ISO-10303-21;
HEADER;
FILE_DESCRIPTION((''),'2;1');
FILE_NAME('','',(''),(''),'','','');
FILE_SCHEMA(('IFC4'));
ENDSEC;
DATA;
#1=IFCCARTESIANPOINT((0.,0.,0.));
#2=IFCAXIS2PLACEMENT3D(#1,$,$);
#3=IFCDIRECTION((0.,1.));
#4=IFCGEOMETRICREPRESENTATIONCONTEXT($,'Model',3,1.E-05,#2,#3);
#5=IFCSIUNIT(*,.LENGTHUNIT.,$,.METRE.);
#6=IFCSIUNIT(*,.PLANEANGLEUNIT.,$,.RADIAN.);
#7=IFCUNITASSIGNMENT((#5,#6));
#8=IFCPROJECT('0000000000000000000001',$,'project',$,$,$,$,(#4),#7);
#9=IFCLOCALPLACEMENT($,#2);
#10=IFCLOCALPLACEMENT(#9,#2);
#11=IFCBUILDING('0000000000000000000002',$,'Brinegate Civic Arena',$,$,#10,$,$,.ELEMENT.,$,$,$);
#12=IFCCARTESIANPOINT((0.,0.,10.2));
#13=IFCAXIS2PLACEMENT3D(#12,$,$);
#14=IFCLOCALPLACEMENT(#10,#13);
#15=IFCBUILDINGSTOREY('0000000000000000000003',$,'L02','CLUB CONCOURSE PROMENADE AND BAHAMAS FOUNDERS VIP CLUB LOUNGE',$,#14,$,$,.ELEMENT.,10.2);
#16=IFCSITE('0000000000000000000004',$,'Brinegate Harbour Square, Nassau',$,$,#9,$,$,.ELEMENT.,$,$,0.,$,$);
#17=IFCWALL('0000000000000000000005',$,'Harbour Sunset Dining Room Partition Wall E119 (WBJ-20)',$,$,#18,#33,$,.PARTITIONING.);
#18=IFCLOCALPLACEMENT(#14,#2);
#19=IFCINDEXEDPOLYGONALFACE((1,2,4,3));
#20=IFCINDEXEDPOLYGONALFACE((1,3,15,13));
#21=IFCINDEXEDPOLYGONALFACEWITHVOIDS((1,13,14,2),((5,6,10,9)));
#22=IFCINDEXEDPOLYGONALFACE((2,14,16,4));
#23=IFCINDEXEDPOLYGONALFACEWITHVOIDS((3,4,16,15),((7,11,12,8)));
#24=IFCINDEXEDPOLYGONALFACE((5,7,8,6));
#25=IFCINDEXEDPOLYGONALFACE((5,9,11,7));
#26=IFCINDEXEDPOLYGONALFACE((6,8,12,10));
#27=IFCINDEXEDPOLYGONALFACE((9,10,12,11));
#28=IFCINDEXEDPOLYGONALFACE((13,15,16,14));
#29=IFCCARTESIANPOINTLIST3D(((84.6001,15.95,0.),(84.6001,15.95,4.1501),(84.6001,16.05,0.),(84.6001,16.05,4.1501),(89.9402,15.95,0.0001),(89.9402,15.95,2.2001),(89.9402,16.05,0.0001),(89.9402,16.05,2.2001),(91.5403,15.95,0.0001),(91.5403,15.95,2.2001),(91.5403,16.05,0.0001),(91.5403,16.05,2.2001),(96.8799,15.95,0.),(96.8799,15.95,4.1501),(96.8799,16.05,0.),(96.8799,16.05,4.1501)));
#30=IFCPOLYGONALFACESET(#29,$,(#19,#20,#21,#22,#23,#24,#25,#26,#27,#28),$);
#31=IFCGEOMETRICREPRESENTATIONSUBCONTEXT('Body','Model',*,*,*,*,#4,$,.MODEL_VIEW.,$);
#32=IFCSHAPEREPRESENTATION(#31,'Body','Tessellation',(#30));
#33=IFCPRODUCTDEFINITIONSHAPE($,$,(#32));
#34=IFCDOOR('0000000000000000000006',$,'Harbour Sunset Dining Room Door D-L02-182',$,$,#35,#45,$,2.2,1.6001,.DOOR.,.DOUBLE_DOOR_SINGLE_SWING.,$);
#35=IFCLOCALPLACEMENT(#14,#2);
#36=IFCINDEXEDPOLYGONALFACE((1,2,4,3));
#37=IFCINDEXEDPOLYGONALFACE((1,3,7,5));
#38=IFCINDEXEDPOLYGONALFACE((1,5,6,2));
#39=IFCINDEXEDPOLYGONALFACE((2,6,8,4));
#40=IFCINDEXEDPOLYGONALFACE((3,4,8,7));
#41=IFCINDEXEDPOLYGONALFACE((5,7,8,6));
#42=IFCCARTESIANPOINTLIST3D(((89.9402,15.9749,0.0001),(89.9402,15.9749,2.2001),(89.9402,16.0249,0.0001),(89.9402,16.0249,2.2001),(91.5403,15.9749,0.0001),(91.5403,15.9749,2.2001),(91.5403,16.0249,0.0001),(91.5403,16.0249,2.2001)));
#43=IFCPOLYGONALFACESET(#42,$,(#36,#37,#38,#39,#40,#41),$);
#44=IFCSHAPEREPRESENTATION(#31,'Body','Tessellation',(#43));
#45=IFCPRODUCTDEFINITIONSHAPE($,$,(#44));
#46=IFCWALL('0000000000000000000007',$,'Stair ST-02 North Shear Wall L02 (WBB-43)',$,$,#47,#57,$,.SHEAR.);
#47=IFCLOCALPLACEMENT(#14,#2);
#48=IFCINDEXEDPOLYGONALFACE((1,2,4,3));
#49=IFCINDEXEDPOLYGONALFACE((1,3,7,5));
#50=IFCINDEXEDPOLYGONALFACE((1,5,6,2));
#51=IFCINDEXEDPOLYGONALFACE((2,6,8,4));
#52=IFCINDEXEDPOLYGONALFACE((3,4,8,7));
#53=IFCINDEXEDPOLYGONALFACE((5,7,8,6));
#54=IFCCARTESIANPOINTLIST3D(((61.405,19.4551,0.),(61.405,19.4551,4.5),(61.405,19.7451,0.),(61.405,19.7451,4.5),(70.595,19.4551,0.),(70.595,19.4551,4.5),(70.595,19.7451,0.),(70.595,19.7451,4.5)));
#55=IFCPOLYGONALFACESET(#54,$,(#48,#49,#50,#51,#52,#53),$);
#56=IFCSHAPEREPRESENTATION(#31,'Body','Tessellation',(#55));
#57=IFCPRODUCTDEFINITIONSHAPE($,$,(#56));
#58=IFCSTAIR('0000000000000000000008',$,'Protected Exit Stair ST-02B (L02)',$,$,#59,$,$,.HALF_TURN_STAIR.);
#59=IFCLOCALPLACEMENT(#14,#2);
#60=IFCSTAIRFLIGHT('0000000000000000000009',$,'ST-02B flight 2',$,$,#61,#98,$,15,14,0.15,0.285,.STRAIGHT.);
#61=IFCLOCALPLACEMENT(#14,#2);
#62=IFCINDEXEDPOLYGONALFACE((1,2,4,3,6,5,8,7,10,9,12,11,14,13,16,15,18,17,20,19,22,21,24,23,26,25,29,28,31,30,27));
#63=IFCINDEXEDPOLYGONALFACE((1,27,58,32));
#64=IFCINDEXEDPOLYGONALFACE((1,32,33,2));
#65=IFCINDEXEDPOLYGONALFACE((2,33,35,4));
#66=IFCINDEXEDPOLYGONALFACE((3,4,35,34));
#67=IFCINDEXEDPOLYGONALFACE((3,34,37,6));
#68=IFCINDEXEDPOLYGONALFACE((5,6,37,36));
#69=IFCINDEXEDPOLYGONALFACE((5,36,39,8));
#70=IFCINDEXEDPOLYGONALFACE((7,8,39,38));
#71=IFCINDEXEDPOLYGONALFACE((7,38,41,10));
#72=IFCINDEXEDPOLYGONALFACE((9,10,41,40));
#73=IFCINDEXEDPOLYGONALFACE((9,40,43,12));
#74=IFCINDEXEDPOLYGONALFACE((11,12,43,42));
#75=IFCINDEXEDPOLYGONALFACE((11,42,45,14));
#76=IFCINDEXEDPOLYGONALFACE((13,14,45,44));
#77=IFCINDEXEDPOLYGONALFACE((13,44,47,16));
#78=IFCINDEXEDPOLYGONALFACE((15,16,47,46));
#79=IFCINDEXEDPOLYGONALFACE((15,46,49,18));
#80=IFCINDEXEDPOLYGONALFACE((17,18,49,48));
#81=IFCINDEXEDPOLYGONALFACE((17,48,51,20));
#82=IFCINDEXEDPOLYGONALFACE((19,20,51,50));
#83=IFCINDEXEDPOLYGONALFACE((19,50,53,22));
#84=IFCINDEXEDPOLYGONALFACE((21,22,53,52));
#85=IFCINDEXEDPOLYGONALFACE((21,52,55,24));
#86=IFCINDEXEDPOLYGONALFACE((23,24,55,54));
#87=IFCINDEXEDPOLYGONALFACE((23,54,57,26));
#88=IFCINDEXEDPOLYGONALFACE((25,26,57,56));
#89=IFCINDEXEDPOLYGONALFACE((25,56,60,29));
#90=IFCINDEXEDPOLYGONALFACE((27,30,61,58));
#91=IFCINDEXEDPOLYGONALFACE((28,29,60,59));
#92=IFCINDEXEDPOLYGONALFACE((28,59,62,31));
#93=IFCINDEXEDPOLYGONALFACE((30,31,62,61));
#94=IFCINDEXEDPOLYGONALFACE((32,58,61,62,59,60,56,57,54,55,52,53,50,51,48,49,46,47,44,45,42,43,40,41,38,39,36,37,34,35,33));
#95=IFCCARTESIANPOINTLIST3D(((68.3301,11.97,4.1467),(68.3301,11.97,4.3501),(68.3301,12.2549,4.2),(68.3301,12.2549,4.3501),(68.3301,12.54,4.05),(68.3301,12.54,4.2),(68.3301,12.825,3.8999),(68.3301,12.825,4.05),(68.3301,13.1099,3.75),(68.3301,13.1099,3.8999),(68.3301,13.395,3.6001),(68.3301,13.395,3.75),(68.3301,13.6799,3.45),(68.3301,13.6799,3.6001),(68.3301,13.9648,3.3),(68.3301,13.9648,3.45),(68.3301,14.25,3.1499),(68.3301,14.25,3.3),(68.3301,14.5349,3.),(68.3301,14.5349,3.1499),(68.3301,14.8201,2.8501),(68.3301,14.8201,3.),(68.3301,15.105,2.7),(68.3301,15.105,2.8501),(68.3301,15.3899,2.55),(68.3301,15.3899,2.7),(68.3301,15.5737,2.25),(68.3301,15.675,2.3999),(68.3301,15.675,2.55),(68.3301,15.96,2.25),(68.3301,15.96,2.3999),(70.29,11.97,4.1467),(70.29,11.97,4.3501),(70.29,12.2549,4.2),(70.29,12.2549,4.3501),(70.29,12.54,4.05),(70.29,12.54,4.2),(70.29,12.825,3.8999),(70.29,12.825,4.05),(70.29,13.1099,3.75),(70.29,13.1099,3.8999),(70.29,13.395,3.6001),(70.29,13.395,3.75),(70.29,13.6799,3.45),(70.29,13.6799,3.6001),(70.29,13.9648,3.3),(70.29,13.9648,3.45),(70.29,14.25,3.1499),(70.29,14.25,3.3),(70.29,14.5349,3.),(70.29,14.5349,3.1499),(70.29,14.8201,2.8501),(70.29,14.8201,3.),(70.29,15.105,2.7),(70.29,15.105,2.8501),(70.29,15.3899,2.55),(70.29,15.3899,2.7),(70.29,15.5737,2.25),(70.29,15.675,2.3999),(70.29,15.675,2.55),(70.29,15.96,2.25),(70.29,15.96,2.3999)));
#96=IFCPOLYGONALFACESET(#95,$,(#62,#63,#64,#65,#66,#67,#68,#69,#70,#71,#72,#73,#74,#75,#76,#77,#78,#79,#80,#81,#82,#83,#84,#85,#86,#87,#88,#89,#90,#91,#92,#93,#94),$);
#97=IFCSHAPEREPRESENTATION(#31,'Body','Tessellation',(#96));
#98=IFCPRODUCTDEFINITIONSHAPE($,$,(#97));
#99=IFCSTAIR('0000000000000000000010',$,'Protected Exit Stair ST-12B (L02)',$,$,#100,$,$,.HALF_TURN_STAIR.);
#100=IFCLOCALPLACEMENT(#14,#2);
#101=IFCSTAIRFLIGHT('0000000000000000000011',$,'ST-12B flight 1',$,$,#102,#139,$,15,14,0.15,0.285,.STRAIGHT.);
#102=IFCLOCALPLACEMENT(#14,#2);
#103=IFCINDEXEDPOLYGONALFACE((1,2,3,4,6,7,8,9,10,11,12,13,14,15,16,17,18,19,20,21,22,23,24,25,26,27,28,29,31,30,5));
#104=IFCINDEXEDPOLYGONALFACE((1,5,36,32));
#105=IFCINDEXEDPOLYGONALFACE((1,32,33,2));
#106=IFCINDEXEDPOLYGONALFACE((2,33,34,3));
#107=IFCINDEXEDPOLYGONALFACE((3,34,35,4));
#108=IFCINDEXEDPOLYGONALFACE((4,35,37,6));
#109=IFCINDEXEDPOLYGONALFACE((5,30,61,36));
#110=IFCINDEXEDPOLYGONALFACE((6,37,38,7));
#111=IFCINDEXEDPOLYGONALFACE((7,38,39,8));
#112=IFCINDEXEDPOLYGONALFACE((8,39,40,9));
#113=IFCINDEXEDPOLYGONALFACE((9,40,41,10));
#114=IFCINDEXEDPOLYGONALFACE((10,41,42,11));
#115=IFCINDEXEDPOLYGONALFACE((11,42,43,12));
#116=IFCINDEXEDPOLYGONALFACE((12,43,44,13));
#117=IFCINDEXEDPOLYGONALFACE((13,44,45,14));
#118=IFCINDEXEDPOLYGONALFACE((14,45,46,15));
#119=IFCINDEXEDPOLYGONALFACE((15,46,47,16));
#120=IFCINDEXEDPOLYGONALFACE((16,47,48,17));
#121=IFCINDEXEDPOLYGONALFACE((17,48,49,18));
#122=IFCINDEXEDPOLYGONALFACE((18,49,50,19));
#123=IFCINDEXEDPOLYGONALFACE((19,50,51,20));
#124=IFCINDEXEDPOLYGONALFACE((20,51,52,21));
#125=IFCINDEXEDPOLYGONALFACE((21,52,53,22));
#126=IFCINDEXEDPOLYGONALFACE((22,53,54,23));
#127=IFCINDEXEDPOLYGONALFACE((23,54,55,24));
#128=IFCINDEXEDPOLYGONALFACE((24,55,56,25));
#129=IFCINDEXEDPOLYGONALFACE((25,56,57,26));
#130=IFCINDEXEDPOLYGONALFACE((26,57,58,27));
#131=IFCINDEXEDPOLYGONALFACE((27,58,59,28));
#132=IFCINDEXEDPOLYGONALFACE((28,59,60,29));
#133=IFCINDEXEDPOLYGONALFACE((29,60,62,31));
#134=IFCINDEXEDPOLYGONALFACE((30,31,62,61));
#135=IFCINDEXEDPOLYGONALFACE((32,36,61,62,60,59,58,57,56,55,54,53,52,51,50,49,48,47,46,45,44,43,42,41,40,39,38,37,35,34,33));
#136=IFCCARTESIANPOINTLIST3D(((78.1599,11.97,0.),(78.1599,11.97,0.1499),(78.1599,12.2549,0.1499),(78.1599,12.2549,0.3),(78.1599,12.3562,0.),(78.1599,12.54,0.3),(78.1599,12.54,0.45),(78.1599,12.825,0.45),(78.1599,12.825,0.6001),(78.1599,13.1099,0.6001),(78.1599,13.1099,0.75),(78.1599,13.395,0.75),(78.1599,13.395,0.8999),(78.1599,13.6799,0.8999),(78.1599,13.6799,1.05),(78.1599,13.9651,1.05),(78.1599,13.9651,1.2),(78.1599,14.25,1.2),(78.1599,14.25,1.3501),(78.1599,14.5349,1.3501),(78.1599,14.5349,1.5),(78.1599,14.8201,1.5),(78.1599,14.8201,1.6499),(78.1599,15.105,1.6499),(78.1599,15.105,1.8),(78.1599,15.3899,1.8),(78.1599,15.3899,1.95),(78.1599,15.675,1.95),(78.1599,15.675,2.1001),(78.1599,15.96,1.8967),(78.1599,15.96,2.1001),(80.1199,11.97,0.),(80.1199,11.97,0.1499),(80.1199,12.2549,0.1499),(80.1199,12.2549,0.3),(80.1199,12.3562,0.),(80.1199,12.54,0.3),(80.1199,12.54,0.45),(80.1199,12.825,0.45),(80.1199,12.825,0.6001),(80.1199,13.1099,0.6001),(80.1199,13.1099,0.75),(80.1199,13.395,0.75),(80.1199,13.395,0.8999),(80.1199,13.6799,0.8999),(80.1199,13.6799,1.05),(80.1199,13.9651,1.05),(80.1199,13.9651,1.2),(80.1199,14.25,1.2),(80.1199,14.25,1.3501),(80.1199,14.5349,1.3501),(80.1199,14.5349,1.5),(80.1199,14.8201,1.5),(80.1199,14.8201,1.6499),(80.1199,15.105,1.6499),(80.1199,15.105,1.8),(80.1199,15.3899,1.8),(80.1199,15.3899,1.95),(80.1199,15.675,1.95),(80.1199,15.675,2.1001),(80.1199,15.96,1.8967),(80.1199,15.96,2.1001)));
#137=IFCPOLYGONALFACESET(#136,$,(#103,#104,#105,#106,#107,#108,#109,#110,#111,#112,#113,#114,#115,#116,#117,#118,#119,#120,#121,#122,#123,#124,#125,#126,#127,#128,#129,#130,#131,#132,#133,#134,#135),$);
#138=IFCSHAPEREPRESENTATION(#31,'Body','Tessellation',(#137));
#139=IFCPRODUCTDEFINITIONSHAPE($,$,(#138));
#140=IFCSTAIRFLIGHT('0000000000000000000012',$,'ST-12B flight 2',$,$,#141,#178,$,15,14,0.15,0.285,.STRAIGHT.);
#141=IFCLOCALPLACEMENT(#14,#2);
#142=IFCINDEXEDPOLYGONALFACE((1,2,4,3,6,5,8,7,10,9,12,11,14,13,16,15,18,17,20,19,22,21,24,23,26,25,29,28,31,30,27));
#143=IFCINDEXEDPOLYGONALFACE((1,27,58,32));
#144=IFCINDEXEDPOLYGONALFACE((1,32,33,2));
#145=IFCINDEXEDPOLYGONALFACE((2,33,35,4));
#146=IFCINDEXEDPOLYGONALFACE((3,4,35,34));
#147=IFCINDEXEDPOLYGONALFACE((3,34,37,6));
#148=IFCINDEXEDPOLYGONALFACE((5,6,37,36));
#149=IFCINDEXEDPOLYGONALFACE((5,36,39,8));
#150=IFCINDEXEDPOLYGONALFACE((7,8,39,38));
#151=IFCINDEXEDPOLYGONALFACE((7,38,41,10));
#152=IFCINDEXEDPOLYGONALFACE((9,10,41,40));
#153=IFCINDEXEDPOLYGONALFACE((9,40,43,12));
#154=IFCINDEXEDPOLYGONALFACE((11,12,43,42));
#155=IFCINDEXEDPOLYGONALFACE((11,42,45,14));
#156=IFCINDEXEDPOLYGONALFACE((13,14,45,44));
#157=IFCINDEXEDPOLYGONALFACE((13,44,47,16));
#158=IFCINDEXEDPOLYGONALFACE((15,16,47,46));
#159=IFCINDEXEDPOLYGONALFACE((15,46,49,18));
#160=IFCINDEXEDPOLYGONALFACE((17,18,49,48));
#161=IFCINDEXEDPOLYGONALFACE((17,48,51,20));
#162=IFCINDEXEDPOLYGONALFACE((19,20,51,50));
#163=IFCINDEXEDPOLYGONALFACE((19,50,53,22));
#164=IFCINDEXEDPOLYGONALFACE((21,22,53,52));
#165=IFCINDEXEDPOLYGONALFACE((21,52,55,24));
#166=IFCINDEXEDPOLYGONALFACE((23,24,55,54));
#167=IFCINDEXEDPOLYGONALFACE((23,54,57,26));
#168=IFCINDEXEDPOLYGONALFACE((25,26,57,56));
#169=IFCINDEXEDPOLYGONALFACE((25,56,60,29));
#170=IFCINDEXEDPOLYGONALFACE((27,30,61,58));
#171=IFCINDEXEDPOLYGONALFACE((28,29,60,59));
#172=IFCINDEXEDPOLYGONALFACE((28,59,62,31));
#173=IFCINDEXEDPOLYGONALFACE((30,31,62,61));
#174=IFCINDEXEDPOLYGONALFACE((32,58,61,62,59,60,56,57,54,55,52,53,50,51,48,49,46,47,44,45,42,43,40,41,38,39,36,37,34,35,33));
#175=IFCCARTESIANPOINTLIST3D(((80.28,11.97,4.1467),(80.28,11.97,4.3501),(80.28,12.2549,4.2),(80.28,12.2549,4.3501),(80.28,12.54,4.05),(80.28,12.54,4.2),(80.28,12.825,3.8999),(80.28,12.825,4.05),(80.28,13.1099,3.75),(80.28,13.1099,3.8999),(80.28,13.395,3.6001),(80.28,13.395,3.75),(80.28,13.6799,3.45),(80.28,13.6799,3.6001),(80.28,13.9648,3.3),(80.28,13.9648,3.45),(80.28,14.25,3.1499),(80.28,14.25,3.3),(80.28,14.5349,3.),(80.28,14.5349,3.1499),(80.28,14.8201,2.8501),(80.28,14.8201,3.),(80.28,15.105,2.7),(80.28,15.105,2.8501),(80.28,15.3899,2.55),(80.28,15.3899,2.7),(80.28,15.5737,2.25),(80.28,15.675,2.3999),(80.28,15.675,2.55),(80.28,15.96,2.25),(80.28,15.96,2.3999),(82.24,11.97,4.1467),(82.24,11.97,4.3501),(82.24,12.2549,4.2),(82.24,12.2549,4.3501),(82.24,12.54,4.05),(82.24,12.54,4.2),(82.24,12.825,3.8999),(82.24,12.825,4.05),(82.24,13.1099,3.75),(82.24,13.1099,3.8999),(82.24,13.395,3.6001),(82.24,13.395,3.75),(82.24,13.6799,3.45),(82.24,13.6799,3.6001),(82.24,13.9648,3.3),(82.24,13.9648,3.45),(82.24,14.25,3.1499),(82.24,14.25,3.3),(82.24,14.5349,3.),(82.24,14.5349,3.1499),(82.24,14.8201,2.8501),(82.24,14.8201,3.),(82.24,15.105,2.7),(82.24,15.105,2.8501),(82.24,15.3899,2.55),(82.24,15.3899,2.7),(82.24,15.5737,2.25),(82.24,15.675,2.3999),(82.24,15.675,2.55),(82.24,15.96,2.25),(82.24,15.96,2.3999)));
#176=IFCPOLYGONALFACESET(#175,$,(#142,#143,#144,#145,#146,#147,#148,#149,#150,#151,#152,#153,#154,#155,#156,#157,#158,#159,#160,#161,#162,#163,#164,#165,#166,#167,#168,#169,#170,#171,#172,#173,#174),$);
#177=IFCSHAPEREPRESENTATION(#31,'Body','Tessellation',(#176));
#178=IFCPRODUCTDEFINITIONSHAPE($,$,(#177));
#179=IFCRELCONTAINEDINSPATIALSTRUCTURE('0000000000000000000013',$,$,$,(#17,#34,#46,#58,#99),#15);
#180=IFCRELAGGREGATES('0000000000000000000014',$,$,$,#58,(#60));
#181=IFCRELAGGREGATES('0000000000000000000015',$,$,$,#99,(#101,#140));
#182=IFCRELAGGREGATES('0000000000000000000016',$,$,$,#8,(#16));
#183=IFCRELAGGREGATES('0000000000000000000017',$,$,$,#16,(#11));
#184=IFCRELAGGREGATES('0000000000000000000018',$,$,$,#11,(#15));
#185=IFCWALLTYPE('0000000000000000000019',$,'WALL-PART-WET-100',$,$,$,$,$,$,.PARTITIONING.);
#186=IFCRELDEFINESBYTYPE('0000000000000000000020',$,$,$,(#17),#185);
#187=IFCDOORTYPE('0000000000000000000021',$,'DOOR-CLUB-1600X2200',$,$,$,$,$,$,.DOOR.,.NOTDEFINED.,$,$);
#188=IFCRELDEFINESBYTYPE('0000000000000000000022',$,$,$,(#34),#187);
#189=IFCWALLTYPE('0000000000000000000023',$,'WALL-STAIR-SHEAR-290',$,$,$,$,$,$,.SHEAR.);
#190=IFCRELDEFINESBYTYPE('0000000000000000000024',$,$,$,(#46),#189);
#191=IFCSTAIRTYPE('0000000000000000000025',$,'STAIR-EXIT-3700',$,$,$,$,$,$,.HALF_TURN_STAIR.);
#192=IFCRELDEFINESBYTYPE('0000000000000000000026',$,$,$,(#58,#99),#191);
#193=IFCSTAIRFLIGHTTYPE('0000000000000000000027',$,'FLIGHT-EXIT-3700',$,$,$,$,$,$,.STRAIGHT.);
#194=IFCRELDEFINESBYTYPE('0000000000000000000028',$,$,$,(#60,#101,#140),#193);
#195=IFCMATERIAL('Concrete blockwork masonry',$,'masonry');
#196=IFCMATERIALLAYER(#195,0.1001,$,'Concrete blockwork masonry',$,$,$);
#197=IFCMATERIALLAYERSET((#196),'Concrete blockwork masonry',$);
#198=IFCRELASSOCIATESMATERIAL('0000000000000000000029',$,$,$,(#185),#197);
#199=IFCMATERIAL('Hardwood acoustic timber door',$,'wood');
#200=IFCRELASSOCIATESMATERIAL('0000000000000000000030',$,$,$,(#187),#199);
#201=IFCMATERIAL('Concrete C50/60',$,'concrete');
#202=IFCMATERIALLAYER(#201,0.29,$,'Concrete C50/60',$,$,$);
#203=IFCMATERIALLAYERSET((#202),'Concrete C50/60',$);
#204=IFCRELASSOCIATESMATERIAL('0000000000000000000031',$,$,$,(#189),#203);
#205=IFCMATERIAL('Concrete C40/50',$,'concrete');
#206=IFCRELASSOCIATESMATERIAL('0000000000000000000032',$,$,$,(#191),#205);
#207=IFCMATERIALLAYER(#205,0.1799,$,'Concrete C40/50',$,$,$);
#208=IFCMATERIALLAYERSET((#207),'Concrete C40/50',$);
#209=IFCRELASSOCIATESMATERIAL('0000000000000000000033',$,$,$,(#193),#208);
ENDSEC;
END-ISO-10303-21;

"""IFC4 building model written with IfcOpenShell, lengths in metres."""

from ifc_helpers import new_model, si_unit, direction, frame, frame_2d, origin, place, context, subcontext, project, spatial, polyline, rectangle, outline, extrude, material, layer, layer_set, type_object, element, fill, aggregate, save


model = new_model("IFC4")

# Units and contexts
model_context = context("Model", 3, precision=1e-05, world=origin(), true_north=direction((0.0, 1.0)))
body_context = subcontext(model_context, "Body", "Model", "MODEL_VIEW")
ifc_project = project(units=[si_unit("LENGTHUNIT", "METRE"), si_unit("PLANEANGLEUNIT", "RADIAN")], contexts=[model_context])

# Site, building, storey
site_placement = place(None, origin())
site = spatial("IfcSite", under=ifc_project, at=site_placement, Name="Brinegate Harbour Square, Nassau", CompositionType="ELEMENT", RefElevation=0.0)
building_placement = place(site_placement, origin())
building = spatial("IfcBuilding", under=site, at=building_placement, Name="Brinegate Civic Arena", CompositionType="ELEMENT")
storey_placement = place(building_placement, frame((0.0, 0.0, 10.2)))
storey = spatial("IfcBuildingStorey", under=building, at=storey_placement, Name="L02", Description="CLUB CONCOURSE PROMENADE AND BAHAMAS FOUNDERS VIP CLUB LOUNGE", CompositionType="ELEMENT", Elevation=10.2)

# Shared definitions
ifc_material_1 = material(Name="Concrete C50/60", Category="concrete")

# Wall, opening, door
ifc_material_2 = material(Name="Concrete blockwork masonry", Category="masonry")
ifc_layer_1 = layer(ifc_material_2, 0.1001, Name="Concrete blockwork masonry")
ifc_layer_set_1 = layer_set([ifc_layer_1], Name="Concrete blockwork masonry")
wall_type_1 = type_object("IfcWallType", Name="WALL-PART-WET-100", PredefinedType="PARTITIONING", material=ifc_layer_set_1)
wall_1_placement = place(storey_placement, frame((84.6001, 16.0, 0.0), z_axis=(0.0, 0.0, 1.0), x_axis=(1.0, 0.0, 0.0)))
wall_1 = element("IfcWall", 1, at=wall_1_placement, inside=storey, type_object=wall_type_1, Name="Harbour Sunset Dining Room Partition Wall E119 (WBJ-20)", PredefinedType="PARTITIONING", context=body_context, shape_type="SweptSolid", body=[
    extrude(rectangle(XDim=12.2798, YDim=0.1001, at=frame_2d((6.1399, 0.0))), origin(), (0.0, 0.0, 1.0), 4.1501),
])
opening_placement = place(wall_1_placement, frame((5.3401, 0.0, 0.0)))
opening = element("IfcOpeningElement", 2, at=opening_placement, cuts=wall_1, PredefinedType="OPENING", context=body_context, shape_type="SweptSolid", body=[
    extrude(rectangle(XDim=1.6001, YDim=2.2, at=frame_2d((0.8, 1.1001))), frame((0.0, 0.0601, 0.0), z_axis=(0.0, -1.0, 0.0), x_axis=(1.0, 0.0, 0.0)), (0.0, 0.0, 1.0), 0.1201),
])
ifc_material_3 = material(Name="Hardwood acoustic timber door", Category="wood")
door_type = type_object("IfcDoorType", Name="DOOR-CLUB-1600X2200", OperationType="NOTDEFINED", PredefinedType="DOOR", material=ifc_material_3)
door_placement = place(opening_placement, origin())
door = element("IfcDoor", 3, at=door_placement, inside=storey, type_object=door_type, Name="Harbour Sunset Dining Room Door D-L02-182", OperationType="DOUBLE_DOOR_SINGLE_SWING", OverallHeight=2.2, OverallWidth=1.6001, PredefinedType="DOOR", context=body_context, shape_type="SweptSolid", body=[
    extrude(rectangle(XDim=1.6001, YDim=2.2, at=frame_2d((0.8, 1.1001))), frame((0.0, 0.0249, 0.0), z_axis=(0.0, -1.0, 0.0), x_axis=(1.0, 0.0, 0.0)), (0.0, 0.0, 1.0), 0.05),
])
fill(opening, door)

# Wall
ifc_layer_2 = layer(ifc_material_1, 0.29, Name="Concrete C50/60")
ifc_layer_set_2 = layer_set([ifc_layer_2], Name="Concrete C50/60")
wall_type_2 = type_object("IfcWallType", Name="WALL-STAIR-SHEAR-290", PredefinedType="SHEAR", material=ifc_layer_set_2)
wall_2_placement = place(storey_placement, frame((61.405, 19.6001, 0.0), z_axis=(0.0, 0.0, 1.0), x_axis=(1.0, 0.0, 0.0)))
element("IfcWall", 4, at=wall_2_placement, inside=storey, type_object=wall_type_2, Name="Stair ST-02 North Shear Wall L02 (WBB-43)", PredefinedType="SHEAR", context=body_context, shape_type="SweptSolid", body=[
    extrude(rectangle(XDim=9.1899, YDim=0.29, at=frame_2d((4.595, 0.0))), origin(), (0.0, 0.0, 1.0), 4.5),
])

# Stair, stair flight
ifc_material_4 = material(Name="Concrete C40/50", Category="concrete")
stair_type_1 = type_object("IfcStairType", Name="STAIR-EXIT-3700", PredefinedType="HALF_TURN_STAIR", material=ifc_material_4)
stair_1_placement = place(storey_placement, origin())
stair_1 = element("IfcStair", 5, at=stair_1_placement, inside=storey, type_object=stair_type_1, Name="Protected Exit Stair ST-02B (L02)", PredefinedType="HALF_TURN_STAIR")
ifc_layer_3 = layer(ifc_material_4, 0.1799, Name="Concrete C40/50")
ifc_layer_set_3 = layer_set([ifc_layer_3], Name="Concrete C40/50")
stair_flight_type_1 = type_object("IfcStairFlightType", Name="FLIGHT-EXIT-3700", PredefinedType="STRAIGHT", material=ifc_layer_set_3)
stair_flight_1_placement = place(storey_placement, frame((69.3101, 15.96, 2.25), z_axis=(0.0, 0.0, 1.0), x_axis=(0.0, -1.0, 0.0)))
stair_flight_1 = element("IfcStairFlight", 6, at=stair_flight_1_placement, type_object=stair_flight_type_1, Name="ST-02B flight 2", NumberOfRisers=15, NumberOfTreads=14, PredefinedType="STRAIGHT", RiserHeight=0.15, TreadLength=0.285, context=body_context, shape_type="SweptSolid", body=[
    extrude(outline(polyline([(0.0, 0.0), (0.0, 0.1499), (0.2849, 0.1499), (0.2849, 0.3), (0.5701, 0.3), (0.5701, 0.45), (0.855, 0.45), (0.855, 0.6001), (1.1399, 0.6001), (1.1399, 0.75), (1.425, 0.75), (1.425, 0.8999), (1.71, 0.8999), (1.71, 1.05), (1.9951, 1.05), (1.9951, 1.2), (2.28, 1.2), (2.28, 1.3501), (2.5649, 1.3501), (2.5649, 1.5), (2.8501, 1.5), (2.8501, 1.6499), (3.135, 1.6499), (3.135, 1.8), (3.4199, 1.8), (3.4199, 1.95), (3.7051, 1.95), (3.7051, 2.1001), (3.99, 2.1001), (3.99, 2.25), (3.99, 1.8967), (0.3862, 0.0), (0.0, 0.0)])), frame((0.0, 0.98, 0.0), z_axis=(0.0, -1.0, 0.0), x_axis=(1.0, 0.0, 0.0)), (0.0, 0.0, 1.0), 1.96),
])
aggregate(stair_1, [stair_flight_1])

# Stair, stair flights
stair_2_placement = place(storey_placement, origin())
stair_2 = element("IfcStair", 7, at=stair_2_placement, inside=storey, type_object=stair_type_1, Name="Protected Exit Stair ST-12B (L02)", PredefinedType="HALF_TURN_STAIR")
stair_flight_2_placement = place(storey_placement, frame((79.1399, 11.97, 0.0), z_axis=(0.0, 0.0, 1.0), x_axis=(0.0, 1.0, 0.0)))
stair_flight_2 = element("IfcStairFlight", 8, at=stair_flight_2_placement, type_object=stair_flight_type_1, Name="ST-12B flight 1", NumberOfRisers=15, NumberOfTreads=14, PredefinedType="STRAIGHT", RiserHeight=0.15, TreadLength=0.285, context=body_context, shape_type="SweptSolid", body=[
    extrude(outline(polyline([(0.0, 0.0), (0.0, 0.1499), (0.2849, 0.1499), (0.2849, 0.3), (0.5701, 0.3), (0.5701, 0.45), (0.855, 0.45), (0.855, 0.6001), (1.1399, 0.6001), (1.1399, 0.75), (1.425, 0.75), (1.425, 0.8999), (1.71, 0.8999), (1.71, 1.05), (1.9951, 1.05), (1.9951, 1.2), (2.28, 1.2), (2.28, 1.3501), (2.5649, 1.3501), (2.5649, 1.5), (2.8501, 1.5), (2.8501, 1.6499), (3.135, 1.6499), (3.135, 1.8), (3.4199, 1.8), (3.4199, 1.95), (3.7051, 1.95), (3.7051, 2.1001), (3.99, 2.1001), (3.99, 2.25), (3.99, 1.8967), (0.3862, 0.0), (0.0, 0.0)])), frame((0.0, 0.98, 0.0), z_axis=(0.0, -1.0, 0.0), x_axis=(1.0, 0.0, 0.0)), (0.0, 0.0, 1.0), 1.96),
])
stair_flight_3_placement = place(storey_placement, frame((81.26, 15.96, 2.25), z_axis=(0.0, 0.0, 1.0), x_axis=(0.0, -1.0, 0.0)))
stair_flight_3 = element("IfcStairFlight", 9, at=stair_flight_3_placement, type_object=stair_flight_type_1, Name="ST-12B flight 2", NumberOfRisers=15, NumberOfTreads=14, PredefinedType="STRAIGHT", RiserHeight=0.15, TreadLength=0.285, context=body_context, shape_type="SweptSolid", body=[
    extrude(outline(polyline([(0.0, 0.0), (0.0, 0.1499), (0.2849, 0.1499), (0.2849, 0.3), (0.5701, 0.3), (0.5701, 0.45), (0.855, 0.45), (0.855, 0.6001), (1.1399, 0.6001), (1.1399, 0.75), (1.425, 0.75), (1.425, 0.8999), (1.71, 0.8999), (1.71, 1.05), (1.9951, 1.05), (1.9951, 1.2), (2.28, 1.2), (2.28, 1.3501), (2.5649, 1.3501), (2.5649, 1.5), (2.8501, 1.5), (2.8501, 1.6499), (3.135, 1.6499), (3.135, 1.8), (3.4199, 1.8), (3.4199, 1.95), (3.7051, 1.95), (3.7051, 2.1001), (3.99, 2.1001), (3.99, 2.25), (3.99, 1.8967), (0.3862, 0.0), (0.0, 0.0)])), frame((0.0, 0.98, 0.0), z_axis=(0.0, -1.0, 0.0), x_axis=(1.0, 0.0, 0.0)), (0.0, 0.0, 1.0), 1.96),
])
aggregate(stair_2, [stair_flight_2, stair_flight_3])

save(model, "model.ifc")
